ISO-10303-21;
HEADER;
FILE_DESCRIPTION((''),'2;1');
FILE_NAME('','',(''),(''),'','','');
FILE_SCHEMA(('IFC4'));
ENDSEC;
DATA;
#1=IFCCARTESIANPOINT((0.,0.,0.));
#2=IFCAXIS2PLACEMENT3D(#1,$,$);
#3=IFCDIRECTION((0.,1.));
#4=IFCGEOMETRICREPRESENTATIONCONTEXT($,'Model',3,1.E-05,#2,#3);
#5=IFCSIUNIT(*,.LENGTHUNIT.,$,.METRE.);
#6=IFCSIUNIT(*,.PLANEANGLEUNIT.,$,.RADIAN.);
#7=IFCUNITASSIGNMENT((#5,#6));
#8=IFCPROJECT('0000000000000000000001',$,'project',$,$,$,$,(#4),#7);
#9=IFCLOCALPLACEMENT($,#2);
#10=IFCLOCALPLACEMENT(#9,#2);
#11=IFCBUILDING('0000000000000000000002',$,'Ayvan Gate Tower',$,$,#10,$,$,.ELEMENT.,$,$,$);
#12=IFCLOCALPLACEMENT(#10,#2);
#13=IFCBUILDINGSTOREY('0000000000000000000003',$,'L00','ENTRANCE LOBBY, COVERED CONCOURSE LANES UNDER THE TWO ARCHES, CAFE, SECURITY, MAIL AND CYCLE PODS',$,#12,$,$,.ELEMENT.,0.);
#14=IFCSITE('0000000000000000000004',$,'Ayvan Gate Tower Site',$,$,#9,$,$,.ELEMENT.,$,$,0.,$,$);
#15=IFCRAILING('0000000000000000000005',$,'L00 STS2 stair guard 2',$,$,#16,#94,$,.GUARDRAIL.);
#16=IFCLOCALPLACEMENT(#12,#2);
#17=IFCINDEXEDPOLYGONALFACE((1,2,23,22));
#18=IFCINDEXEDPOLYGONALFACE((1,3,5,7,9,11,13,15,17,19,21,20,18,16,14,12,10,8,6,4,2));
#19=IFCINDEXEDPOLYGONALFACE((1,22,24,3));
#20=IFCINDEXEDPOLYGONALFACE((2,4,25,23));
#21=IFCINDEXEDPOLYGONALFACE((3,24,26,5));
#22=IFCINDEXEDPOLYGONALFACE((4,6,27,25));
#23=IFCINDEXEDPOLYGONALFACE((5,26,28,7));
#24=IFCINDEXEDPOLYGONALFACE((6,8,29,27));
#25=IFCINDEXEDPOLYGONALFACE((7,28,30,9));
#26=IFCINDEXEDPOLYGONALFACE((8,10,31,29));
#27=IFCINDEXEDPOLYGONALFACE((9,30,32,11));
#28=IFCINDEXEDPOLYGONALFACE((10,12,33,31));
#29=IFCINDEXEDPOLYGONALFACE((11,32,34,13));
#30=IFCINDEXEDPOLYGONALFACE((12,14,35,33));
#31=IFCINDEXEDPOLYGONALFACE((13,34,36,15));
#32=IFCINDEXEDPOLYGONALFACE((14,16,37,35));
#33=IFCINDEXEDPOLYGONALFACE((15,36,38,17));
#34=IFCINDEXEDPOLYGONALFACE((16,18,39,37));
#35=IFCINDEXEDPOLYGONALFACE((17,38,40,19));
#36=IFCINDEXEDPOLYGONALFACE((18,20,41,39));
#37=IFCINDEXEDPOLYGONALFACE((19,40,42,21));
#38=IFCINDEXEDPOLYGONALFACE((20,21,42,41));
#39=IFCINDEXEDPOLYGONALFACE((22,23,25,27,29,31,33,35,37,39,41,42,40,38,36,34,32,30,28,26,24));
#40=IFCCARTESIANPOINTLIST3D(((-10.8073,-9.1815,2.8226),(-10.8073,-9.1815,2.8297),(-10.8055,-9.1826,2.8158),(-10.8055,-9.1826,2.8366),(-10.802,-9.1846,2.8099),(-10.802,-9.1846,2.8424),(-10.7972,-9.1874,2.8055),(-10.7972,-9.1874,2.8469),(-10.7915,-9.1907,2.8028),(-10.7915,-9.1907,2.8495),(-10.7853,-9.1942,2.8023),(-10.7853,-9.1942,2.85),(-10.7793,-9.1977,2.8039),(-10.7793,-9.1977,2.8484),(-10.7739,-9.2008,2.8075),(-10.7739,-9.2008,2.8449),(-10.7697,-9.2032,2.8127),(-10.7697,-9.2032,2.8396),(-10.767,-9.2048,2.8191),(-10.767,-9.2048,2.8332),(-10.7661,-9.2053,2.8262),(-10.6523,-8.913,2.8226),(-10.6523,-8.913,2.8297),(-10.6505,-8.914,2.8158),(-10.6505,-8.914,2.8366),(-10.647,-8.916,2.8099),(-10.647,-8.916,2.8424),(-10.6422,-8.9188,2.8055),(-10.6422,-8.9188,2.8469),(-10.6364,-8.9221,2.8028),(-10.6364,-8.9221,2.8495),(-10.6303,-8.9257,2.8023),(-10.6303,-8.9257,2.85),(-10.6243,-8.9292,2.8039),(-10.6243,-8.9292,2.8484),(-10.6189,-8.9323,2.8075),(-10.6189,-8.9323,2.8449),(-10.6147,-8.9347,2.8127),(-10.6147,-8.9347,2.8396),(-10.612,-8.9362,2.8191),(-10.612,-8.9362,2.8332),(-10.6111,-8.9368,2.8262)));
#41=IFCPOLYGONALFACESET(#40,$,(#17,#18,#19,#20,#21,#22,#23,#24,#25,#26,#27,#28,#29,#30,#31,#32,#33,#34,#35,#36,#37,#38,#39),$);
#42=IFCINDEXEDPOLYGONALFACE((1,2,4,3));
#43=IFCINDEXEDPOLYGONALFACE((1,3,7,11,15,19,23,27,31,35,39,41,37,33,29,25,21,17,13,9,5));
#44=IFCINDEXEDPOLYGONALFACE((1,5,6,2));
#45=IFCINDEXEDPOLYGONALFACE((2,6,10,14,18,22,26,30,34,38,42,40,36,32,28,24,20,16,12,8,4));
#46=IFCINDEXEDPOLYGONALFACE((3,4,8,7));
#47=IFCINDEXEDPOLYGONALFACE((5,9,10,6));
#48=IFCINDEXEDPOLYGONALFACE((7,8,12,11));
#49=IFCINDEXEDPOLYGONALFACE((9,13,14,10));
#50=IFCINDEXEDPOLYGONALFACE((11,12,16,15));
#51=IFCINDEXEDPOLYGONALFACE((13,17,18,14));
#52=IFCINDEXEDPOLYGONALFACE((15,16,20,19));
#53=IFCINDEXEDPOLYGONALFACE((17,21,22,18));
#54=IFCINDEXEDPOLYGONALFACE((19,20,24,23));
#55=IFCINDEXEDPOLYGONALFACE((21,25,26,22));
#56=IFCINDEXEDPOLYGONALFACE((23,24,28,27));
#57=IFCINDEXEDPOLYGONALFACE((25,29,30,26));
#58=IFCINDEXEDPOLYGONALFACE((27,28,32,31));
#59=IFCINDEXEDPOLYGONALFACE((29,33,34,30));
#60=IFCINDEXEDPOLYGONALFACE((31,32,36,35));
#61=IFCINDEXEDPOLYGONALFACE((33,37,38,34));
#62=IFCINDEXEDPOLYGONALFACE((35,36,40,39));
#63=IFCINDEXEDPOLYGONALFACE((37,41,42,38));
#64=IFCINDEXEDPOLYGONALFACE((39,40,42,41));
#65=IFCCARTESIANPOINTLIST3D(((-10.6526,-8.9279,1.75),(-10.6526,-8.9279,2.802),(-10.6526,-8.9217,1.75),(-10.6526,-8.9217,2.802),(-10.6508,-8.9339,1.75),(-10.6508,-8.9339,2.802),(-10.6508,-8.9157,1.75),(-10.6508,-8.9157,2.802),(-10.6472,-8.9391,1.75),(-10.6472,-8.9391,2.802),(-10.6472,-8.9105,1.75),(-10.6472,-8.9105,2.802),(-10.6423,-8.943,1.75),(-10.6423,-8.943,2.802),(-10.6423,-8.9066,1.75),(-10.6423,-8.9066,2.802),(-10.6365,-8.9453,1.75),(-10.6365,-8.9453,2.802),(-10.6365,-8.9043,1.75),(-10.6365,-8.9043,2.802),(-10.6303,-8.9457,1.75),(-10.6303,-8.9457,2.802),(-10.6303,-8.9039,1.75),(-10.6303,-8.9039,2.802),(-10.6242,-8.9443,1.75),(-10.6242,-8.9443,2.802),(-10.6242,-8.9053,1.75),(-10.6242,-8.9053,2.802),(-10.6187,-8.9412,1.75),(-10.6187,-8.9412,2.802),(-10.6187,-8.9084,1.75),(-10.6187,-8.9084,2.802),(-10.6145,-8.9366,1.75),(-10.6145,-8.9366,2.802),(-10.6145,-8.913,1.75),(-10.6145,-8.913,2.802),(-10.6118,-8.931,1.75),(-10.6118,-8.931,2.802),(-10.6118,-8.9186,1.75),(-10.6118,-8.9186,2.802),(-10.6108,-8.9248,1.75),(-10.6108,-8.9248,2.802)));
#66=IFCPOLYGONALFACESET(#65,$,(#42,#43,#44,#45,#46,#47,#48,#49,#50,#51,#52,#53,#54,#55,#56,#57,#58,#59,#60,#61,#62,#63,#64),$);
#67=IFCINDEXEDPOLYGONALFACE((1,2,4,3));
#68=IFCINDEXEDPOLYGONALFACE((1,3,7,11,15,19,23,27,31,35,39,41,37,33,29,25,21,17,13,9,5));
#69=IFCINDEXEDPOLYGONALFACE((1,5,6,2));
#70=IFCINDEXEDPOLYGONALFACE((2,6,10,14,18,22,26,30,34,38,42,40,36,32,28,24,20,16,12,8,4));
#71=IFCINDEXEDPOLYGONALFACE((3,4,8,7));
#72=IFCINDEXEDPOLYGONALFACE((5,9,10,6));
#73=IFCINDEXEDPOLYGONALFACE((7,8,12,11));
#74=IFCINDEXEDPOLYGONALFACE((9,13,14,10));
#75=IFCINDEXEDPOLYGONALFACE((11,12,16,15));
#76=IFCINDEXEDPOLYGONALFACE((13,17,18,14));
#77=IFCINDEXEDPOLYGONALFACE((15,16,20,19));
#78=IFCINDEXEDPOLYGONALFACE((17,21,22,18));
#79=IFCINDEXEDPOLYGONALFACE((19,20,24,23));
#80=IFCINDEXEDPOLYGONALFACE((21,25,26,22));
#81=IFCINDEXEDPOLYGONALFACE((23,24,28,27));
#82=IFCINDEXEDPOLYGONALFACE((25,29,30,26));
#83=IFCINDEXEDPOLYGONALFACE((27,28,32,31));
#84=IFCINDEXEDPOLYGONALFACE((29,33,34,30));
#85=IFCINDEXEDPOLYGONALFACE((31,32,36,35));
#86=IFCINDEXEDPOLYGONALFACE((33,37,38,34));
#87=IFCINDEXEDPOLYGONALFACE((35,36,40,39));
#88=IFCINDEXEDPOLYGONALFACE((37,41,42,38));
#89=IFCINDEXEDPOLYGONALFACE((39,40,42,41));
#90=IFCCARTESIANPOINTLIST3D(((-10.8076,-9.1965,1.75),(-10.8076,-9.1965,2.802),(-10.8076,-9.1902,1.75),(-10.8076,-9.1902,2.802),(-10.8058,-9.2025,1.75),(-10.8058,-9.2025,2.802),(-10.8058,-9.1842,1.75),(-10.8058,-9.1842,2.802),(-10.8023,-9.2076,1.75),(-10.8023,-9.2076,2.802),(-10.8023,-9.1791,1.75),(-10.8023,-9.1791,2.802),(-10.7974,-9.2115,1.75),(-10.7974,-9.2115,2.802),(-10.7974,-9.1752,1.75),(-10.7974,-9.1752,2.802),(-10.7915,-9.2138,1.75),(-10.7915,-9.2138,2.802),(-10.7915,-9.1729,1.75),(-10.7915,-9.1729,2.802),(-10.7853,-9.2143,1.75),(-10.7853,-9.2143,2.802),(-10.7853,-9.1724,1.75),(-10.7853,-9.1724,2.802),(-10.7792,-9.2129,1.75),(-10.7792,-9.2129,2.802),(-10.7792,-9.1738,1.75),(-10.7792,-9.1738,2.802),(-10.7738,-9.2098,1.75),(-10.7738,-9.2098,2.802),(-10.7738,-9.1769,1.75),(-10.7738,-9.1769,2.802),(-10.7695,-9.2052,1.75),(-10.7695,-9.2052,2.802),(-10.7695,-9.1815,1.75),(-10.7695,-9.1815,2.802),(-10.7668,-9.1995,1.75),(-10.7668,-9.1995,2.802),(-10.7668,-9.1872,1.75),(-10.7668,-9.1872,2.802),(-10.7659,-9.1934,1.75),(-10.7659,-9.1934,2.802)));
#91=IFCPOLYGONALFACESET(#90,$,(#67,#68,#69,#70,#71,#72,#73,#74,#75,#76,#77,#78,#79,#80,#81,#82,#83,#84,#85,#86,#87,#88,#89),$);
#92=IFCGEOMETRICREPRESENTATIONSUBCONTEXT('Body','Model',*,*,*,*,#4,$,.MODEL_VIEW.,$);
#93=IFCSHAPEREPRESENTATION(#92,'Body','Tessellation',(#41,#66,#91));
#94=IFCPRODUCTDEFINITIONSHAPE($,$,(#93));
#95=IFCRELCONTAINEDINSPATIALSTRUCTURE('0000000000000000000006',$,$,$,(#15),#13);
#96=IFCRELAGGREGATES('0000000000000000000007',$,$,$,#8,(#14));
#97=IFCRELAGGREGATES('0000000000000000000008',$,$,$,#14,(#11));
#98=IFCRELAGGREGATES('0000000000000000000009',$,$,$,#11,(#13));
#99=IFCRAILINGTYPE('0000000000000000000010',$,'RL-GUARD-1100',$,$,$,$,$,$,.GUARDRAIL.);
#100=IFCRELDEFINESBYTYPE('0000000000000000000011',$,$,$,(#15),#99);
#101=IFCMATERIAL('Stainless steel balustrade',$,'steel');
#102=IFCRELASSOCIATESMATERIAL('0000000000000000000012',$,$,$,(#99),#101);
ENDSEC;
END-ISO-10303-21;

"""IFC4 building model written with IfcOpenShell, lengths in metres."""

from ifc_helpers import new_model, si_unit, direction, frame, origin, origin_2d, place, context, subcontext, project, spatial, circle, extrude, material, type_object, element, save


model = new_model("IFC4")

# Units and contexts
model_context = context("Model", 3, precision=1e-05, world=origin(), true_north=direction((0.0, 1.0)))
body_context = subcontext(model_context, "Body", "Model", "MODEL_VIEW")
ifc_project = project(units=[si_unit("LENGTHUNIT", "METRE"), si_unit("PLANEANGLEUNIT", "RADIAN")], contexts=[model_context])

# Site, building, storey
site_placement = place(None, origin())
site = spatial("IfcSite", under=ifc_project, at=site_placement, Name="Ayvan Gate Tower Site", CompositionType="ELEMENT", RefElevation=0.0)
building_placement = place(site_placement, origin())
building = spatial("IfcBuilding", under=site, at=building_placement, Name="Ayvan Gate Tower", CompositionType="ELEMENT")
storey_placement = place(building_placement, origin())
storey = spatial("IfcBuildingStorey", under=building, at=storey_placement, Name="L00", Description="ENTRANCE LOBBY, COVERED CONCOURSE LANES UNDER THE TWO ARCHES, CAFE, SECURITY, MAIL AND CYCLE PODS", CompositionType="ELEMENT", Elevation=0.0)

# Railing
ifc_material_1 = material(Name="Stainless steel balustrade", Category="steel")
railing_type_1 = type_object("IfcRailingType", Name="RL-GUARD-1100", PredefinedType="GUARDRAIL", material=ifc_material_1)
railing_1_placement = place(storey_placement, frame((-10.6318, -8.9248, 1.75)))
element("IfcRailing", 1, at=railing_1_placement, inside=storey, type_object=railing_type_1, Name="L00 STS2 stair guard 2", PredefinedType="GUARDRAIL", context=body_context, shape_type="SweptSolid", body=[
    extrude(circle(Radius=0.0239, at=origin_2d()), frame((0.0, 0.0, 1.0762), z_axis=(-0.49995, -0.866054, 0.0), x_axis=(0.866054, -0.49995, 0.0)), (0.0, 0.0, 1.0), 0.3101),
    extrude(circle(Radius=0.021, at=origin_2d()), origin(), (0.0, 0.0, 1.0), 1.052),
    extrude(circle(Radius=0.021, at=origin_2d()), frame((-0.155, -0.2686, 0.0)), (0.0, 0.0, 1.0), 1.052),
])

save(model, "model.ifc")
